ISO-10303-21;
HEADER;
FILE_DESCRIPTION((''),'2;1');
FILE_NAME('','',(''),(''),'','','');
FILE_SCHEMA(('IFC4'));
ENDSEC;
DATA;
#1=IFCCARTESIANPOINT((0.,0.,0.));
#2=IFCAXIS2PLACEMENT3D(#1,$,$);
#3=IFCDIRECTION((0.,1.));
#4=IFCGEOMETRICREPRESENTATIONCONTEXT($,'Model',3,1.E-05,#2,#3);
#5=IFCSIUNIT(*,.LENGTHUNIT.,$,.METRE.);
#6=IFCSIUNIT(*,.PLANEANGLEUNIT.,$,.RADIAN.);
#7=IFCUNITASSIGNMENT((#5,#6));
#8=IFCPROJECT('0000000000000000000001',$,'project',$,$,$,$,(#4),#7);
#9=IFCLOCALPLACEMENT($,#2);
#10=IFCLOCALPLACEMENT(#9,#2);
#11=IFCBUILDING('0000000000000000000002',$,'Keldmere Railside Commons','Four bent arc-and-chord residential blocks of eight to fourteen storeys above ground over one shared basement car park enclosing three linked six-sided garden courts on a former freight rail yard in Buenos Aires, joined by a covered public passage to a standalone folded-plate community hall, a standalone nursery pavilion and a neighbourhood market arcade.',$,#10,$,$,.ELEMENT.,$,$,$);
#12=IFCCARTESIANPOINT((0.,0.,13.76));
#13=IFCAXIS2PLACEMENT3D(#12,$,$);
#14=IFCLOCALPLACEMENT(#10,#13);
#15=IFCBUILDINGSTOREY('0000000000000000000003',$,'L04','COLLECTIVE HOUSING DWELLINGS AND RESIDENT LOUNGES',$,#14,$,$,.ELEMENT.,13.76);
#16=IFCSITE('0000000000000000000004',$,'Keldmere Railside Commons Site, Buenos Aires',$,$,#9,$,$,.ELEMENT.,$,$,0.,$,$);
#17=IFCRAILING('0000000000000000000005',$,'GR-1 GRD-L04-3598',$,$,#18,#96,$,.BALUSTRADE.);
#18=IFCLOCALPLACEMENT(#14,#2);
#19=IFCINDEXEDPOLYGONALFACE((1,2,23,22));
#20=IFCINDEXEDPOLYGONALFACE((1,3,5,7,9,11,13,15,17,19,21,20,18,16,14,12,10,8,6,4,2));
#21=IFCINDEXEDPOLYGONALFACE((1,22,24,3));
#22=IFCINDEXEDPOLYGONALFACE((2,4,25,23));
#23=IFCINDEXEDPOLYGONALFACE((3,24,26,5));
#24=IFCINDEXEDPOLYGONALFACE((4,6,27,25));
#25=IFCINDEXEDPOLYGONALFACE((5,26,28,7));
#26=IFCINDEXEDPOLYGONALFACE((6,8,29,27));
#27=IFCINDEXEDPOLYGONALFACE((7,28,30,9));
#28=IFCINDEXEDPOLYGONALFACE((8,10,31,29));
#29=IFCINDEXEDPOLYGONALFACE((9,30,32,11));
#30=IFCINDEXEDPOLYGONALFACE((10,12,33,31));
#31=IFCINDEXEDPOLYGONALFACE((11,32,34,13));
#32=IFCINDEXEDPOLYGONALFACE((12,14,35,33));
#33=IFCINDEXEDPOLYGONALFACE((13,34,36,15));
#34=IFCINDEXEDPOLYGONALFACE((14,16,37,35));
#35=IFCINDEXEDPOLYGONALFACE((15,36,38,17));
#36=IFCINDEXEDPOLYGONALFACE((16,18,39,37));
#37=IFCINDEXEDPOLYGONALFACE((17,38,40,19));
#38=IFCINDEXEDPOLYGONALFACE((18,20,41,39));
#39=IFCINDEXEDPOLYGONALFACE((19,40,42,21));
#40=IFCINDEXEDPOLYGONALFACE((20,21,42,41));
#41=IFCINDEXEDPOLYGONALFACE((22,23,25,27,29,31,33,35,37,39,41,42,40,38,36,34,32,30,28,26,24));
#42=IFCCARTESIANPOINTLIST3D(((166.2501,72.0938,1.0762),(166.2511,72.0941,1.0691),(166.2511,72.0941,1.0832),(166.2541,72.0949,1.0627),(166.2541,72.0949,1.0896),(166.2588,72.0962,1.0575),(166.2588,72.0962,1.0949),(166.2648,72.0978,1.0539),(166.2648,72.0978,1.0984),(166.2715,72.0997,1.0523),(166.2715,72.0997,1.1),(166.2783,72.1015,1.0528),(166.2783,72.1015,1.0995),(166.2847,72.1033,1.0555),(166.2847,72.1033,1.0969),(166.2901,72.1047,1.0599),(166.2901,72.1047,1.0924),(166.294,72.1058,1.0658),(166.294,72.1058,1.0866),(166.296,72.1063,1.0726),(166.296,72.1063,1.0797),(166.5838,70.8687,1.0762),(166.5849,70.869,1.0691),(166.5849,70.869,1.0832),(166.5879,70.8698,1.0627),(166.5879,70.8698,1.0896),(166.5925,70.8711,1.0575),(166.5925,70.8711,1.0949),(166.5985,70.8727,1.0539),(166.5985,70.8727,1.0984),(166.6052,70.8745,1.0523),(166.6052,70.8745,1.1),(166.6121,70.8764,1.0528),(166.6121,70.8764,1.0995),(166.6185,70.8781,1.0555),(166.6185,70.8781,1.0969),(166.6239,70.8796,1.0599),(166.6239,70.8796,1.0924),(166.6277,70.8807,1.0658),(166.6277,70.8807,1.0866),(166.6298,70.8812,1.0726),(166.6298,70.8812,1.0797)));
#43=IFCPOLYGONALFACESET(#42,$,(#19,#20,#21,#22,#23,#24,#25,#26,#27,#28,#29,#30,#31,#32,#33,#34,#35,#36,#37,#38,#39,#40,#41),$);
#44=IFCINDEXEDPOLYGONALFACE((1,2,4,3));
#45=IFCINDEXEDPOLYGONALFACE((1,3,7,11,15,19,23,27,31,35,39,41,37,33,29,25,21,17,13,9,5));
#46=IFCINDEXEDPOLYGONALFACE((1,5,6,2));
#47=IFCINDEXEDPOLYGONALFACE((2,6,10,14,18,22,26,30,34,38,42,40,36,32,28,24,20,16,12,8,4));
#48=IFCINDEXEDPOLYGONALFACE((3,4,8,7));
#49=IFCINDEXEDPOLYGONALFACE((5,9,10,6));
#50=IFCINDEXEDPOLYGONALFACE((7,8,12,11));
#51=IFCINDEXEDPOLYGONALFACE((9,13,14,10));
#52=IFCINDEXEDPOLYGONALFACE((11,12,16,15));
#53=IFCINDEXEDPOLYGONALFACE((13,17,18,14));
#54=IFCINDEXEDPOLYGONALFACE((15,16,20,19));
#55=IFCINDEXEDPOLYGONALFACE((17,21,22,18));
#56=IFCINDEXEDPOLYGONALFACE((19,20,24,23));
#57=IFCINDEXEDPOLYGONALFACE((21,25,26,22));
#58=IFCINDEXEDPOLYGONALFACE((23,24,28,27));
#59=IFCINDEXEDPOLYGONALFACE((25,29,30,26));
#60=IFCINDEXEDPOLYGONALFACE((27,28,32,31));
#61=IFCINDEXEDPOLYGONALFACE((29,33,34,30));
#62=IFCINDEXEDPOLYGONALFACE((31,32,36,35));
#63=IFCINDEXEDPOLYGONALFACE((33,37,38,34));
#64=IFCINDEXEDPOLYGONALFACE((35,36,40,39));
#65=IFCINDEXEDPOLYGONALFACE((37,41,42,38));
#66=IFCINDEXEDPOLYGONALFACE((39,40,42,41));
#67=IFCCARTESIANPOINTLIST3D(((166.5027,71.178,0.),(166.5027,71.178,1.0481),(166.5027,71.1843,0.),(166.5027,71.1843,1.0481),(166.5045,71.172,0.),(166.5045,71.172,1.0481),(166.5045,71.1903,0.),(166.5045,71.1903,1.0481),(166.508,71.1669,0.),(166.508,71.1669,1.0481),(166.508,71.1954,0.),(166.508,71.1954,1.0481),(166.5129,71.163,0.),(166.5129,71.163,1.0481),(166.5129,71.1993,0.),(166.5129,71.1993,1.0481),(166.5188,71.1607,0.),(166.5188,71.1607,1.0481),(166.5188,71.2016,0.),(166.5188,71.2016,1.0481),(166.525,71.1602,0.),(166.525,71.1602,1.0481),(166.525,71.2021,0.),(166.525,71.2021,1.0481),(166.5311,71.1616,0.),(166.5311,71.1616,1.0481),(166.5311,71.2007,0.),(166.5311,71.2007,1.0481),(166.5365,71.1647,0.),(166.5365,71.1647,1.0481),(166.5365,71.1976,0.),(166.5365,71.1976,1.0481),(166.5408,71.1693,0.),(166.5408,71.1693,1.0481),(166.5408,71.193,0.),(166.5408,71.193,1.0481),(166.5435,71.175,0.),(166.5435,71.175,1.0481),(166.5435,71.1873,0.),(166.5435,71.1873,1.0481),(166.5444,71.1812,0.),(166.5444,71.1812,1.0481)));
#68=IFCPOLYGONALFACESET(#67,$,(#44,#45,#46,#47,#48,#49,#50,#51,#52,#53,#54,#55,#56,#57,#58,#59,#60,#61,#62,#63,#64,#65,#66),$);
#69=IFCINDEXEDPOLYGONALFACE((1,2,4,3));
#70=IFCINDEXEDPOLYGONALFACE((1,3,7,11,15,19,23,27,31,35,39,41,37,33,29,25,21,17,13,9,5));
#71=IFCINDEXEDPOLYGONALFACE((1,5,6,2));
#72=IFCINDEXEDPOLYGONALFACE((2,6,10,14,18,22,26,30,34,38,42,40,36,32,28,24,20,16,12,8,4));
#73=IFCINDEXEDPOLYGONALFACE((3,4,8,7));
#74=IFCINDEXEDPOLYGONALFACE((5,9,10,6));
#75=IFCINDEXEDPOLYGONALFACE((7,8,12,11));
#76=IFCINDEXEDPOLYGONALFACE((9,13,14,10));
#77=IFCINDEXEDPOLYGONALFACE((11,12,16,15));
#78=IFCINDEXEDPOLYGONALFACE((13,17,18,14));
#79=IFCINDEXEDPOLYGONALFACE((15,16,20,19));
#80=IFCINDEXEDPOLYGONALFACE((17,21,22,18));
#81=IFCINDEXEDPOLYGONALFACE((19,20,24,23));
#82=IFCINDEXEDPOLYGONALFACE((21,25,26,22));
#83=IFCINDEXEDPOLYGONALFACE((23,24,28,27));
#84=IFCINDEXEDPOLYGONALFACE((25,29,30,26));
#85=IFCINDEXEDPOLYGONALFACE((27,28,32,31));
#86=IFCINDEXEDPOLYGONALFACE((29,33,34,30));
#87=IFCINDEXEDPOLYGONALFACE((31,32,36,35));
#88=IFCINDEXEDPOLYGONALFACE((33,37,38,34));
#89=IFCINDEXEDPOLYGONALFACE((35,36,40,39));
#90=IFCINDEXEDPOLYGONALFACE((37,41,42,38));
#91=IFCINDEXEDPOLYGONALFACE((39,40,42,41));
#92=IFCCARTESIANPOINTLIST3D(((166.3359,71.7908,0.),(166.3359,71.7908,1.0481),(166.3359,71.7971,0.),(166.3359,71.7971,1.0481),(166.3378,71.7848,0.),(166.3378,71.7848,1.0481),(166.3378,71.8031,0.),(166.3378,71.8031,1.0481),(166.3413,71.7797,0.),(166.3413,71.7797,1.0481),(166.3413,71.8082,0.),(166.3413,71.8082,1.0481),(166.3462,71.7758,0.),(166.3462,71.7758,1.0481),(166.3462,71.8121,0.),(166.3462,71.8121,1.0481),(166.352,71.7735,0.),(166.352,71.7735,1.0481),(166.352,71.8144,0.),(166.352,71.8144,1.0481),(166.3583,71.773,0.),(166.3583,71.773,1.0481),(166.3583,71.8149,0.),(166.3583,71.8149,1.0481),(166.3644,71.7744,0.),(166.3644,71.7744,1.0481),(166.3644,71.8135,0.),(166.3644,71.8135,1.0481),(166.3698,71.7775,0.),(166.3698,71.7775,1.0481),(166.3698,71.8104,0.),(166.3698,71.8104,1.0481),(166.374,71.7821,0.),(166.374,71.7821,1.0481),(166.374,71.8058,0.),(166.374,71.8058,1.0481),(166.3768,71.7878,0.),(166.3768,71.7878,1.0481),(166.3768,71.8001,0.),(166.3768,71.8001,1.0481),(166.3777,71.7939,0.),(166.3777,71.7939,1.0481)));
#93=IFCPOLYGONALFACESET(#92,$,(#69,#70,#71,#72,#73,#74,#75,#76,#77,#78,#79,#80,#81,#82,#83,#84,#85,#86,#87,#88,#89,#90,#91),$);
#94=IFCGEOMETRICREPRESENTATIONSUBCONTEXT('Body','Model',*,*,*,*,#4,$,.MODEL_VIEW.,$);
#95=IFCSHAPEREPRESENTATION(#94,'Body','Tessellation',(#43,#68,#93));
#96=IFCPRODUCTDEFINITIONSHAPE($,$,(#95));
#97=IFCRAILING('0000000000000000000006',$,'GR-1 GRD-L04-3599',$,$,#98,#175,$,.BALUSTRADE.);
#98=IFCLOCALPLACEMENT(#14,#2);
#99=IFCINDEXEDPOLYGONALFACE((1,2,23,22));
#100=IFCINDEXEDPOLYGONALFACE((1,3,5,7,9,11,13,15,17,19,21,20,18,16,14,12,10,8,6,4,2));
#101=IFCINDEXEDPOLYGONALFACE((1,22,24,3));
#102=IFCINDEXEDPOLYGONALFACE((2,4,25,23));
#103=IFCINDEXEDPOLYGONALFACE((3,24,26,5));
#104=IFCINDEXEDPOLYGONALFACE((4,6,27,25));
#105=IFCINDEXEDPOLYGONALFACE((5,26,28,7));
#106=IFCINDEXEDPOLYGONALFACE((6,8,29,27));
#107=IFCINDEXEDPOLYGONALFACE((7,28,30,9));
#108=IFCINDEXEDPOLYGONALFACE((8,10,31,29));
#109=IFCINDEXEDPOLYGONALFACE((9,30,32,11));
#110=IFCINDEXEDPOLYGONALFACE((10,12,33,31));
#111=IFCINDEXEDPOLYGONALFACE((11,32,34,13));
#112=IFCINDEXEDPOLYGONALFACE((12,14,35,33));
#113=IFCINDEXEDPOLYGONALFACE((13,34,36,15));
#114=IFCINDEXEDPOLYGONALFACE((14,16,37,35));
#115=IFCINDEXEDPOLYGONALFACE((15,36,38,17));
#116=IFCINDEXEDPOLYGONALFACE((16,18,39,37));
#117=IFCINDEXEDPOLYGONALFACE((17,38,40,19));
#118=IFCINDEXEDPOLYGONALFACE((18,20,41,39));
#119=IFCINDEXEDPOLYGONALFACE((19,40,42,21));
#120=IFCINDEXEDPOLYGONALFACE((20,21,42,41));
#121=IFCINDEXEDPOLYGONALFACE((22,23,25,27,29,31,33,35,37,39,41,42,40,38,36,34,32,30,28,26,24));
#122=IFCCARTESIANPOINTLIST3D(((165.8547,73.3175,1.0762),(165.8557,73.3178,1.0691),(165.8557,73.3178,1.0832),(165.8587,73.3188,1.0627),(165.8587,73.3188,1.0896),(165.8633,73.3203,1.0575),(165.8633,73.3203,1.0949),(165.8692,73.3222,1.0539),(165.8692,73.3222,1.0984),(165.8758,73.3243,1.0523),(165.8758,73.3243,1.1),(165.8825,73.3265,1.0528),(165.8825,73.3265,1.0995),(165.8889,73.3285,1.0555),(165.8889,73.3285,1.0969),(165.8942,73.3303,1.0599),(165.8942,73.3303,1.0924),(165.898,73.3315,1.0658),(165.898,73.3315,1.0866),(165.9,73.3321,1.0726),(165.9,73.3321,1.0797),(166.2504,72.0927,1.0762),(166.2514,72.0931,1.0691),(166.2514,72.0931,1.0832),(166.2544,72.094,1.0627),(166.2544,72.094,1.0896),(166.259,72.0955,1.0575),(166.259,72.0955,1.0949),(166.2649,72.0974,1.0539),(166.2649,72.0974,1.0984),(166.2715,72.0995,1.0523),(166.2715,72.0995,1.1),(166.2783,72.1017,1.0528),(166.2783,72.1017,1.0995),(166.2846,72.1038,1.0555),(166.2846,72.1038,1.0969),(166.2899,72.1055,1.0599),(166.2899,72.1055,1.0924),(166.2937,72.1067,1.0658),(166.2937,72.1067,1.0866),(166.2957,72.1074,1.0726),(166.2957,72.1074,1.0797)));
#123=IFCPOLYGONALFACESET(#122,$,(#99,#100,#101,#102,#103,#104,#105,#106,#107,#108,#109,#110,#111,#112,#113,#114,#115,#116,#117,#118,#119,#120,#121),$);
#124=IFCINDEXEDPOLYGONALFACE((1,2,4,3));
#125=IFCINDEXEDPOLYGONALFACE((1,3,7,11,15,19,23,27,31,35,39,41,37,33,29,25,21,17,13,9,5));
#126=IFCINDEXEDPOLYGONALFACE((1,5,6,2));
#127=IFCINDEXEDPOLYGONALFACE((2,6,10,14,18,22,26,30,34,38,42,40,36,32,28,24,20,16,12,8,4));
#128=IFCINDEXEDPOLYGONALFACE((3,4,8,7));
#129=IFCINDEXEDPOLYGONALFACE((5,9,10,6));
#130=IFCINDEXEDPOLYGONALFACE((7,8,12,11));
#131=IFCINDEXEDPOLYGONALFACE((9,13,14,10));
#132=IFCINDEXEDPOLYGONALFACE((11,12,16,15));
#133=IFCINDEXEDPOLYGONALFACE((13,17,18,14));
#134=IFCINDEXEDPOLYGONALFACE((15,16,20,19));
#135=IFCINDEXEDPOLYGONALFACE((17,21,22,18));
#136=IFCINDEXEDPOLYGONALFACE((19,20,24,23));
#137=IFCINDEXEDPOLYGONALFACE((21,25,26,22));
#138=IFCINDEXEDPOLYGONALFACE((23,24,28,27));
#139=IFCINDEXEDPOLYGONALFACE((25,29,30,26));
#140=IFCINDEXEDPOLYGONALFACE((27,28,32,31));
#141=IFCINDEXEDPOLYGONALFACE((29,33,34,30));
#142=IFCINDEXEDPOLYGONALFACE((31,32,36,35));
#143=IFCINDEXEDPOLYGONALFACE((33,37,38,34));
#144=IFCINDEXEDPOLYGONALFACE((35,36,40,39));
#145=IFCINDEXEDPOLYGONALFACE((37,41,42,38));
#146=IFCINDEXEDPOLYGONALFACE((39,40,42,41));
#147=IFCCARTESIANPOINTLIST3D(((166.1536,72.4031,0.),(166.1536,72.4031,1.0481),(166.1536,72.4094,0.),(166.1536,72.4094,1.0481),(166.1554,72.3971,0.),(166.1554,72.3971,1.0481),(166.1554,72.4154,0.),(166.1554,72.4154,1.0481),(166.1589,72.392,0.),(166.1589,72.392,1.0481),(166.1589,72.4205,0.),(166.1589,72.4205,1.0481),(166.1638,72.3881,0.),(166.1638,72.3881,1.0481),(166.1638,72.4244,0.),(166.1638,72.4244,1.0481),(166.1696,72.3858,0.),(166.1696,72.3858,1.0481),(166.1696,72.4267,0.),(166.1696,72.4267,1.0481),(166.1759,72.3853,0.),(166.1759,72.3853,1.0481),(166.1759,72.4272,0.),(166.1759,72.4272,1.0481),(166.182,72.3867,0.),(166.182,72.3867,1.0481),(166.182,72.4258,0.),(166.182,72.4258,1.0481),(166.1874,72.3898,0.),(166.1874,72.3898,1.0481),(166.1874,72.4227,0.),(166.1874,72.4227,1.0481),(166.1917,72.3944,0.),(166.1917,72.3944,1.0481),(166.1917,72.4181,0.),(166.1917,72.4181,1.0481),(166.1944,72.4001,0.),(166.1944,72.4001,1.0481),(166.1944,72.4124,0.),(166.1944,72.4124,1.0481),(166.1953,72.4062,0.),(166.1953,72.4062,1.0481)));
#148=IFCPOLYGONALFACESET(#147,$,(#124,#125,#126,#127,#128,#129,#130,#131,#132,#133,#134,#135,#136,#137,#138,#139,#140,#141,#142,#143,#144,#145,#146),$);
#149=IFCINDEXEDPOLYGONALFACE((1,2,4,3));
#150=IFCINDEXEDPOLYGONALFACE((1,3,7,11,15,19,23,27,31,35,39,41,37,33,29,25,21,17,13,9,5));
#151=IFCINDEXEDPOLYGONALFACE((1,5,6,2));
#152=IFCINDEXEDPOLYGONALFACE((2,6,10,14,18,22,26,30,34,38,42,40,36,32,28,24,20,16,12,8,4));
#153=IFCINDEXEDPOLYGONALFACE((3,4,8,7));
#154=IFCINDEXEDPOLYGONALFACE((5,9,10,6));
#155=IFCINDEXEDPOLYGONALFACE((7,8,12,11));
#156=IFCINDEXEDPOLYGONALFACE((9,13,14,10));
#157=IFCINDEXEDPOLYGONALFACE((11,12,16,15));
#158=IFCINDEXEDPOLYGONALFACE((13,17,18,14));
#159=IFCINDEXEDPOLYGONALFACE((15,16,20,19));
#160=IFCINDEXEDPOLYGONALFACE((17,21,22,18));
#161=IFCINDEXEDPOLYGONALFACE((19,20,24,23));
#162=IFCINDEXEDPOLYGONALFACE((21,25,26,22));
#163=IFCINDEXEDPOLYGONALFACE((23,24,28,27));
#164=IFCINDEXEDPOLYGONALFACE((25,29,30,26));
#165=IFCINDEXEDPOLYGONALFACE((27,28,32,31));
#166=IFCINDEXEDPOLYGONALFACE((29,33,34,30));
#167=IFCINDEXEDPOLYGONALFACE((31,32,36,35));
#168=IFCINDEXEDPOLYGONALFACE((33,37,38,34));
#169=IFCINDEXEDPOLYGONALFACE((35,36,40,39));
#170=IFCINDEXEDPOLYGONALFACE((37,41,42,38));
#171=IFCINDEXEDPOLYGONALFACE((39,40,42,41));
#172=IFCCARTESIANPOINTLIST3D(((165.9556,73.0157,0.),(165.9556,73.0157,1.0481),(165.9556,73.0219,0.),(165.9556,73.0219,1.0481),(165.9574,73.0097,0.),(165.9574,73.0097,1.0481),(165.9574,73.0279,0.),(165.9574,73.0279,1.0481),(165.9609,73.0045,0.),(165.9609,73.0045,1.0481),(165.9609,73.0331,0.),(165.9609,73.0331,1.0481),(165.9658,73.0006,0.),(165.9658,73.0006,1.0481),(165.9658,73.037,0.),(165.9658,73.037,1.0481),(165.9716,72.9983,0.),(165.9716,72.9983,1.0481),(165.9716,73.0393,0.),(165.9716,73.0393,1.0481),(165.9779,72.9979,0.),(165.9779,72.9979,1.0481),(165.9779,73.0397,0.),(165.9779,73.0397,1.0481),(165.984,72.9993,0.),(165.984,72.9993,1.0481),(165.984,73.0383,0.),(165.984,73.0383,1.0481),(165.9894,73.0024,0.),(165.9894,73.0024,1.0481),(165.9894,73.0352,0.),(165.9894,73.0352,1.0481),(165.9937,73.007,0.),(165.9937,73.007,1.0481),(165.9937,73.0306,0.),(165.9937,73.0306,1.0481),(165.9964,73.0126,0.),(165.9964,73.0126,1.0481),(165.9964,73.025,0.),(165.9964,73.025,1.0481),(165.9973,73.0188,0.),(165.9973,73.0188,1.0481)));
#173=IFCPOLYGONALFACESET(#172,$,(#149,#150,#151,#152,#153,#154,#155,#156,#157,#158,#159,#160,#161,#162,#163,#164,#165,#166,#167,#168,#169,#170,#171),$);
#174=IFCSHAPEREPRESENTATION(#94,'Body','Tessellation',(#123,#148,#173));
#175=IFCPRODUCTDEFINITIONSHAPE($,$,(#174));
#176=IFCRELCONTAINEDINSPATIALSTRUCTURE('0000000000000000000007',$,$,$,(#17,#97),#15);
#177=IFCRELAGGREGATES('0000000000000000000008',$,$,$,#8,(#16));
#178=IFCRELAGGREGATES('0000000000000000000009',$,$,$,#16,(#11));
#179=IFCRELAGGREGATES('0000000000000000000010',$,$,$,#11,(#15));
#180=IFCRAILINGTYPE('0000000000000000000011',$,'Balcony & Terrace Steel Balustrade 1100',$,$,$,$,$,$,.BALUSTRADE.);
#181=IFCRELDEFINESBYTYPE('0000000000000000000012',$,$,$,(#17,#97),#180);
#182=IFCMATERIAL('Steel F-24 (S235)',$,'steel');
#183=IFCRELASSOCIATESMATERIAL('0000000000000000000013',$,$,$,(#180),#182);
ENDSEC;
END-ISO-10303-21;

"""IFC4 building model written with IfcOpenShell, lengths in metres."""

from ifc_helpers import new_model, si_unit, direction, frame, origin, origin_2d, place, context, subcontext, project, spatial, circle, extrude, material, type_object, element, save


model = new_model("IFC4")

# Units and contexts
model_context = context("Model", 3, precision=1e-05, world=origin(), true_north=direction((0.0, 1.0)))
body_context = subcontext(model_context, "Body", "Model", "MODEL_VIEW")
ifc_project = project(units=[si_unit("LENGTHUNIT", "METRE"), si_unit("PLANEANGLEUNIT", "RADIAN")], contexts=[model_context])

# Site, building, storey
site_placement = place(None, origin())
site = spatial("IfcSite", under=ifc_project, at=site_placement, Name="Keldmere Railside Commons Site, Buenos Aires", CompositionType="ELEMENT", RefElevation=0.0)
building_placement = place(site_placement, origin())
building = spatial("IfcBuilding", under=site, at=building_placement, Name="Keldmere Railside Commons", Description="Four bent arc-and-chord residential blocks of eight to fourteen storeys above ground over one shared basement car park enclosing three linked six-sided garden courts on a former freight rail yard in Buenos Aires, joined by a covered public passage to a standalone folded-plate community hall, a standalone nursery pavilion and a neighbourhood market arcade.", CompositionType="ELEMENT")
storey_placement = place(building_placement, frame((0.0, 0.0, 13.76)))
storey = spatial("IfcBuildingStorey", under=building, at=storey_placement, Name="L04", Description="COLLECTIVE HOUSING DWELLINGS AND RESIDENT LOUNGES", CompositionType="ELEMENT", Elevation=13.76)

# Shared definitions
ifc_material_1 = material(Name="Steel F-24 (S235)", Category="steel")

# Railings
railing_type_1 = type_object("IfcRailingType", Name="Balcony & Terrace Steel Balustrade 1100", PredefinedType="BALUSTRADE", material=ifc_material_1)
railing_1_placement = place(storey_placement, frame((166.6069, 70.875, 0.0)))
element("IfcRailing", 1, at=railing_1_placement, inside=storey, type_object=railing_type_1, Name="GR-1 GRD-L04-3598", PredefinedType="BALUSTRADE", context=body_context, shape_type="SweptSolid", body=[
    extrude(circle(Radius=0.0239, at=origin_2d()), frame((0.0, 0.0, 1.0762), z_axis=(-0.262841, 0.964839, 0.0), x_axis=(-0.964839, -0.262841, 0.0)), (0.0, 0.0, 1.0), 1.2698),
    extrude(circle(Radius=0.021, at=origin_2d()), frame((-0.0835, 0.3062, 0.0)), (0.0, 0.0, 1.0), 1.0481),
    extrude(circle(Radius=0.021, at=origin_2d()), frame((-0.2502, 0.9189, 0.0)), (0.0, 0.0, 1.0), 1.0481),
])
railing_2_placement = place(storey_placement, frame((166.2732, 72.1001, 0.0)))
element("IfcRailing", 2, at=railing_2_placement, inside=storey, type_object=railing_type_1, Name="GR-1 GRD-L04-3599", PredefinedType="BALUSTRADE", context=body_context, shape_type="SweptSolid", body=[
    extrude(circle(Radius=0.0239, at=origin_2d()), frame((0.0, 0.0, 1.0762), z_axis=(-0.307452, 0.951564, 0.0), x_axis=(-0.951564, -0.307452, 0.0)), (0.0, 0.0, 1.0), 1.2871),
    extrude(circle(Radius=0.021, at=origin_2d()), frame((-0.0989, 0.3062, 0.0)), (0.0, 0.0, 1.0), 1.0481),
    extrude(circle(Radius=0.021, at=origin_2d()), frame((-0.2969, 0.9187, 0.0)), (0.0, 0.0, 1.0), 1.0481),
])

save(model, "model.ifc")
